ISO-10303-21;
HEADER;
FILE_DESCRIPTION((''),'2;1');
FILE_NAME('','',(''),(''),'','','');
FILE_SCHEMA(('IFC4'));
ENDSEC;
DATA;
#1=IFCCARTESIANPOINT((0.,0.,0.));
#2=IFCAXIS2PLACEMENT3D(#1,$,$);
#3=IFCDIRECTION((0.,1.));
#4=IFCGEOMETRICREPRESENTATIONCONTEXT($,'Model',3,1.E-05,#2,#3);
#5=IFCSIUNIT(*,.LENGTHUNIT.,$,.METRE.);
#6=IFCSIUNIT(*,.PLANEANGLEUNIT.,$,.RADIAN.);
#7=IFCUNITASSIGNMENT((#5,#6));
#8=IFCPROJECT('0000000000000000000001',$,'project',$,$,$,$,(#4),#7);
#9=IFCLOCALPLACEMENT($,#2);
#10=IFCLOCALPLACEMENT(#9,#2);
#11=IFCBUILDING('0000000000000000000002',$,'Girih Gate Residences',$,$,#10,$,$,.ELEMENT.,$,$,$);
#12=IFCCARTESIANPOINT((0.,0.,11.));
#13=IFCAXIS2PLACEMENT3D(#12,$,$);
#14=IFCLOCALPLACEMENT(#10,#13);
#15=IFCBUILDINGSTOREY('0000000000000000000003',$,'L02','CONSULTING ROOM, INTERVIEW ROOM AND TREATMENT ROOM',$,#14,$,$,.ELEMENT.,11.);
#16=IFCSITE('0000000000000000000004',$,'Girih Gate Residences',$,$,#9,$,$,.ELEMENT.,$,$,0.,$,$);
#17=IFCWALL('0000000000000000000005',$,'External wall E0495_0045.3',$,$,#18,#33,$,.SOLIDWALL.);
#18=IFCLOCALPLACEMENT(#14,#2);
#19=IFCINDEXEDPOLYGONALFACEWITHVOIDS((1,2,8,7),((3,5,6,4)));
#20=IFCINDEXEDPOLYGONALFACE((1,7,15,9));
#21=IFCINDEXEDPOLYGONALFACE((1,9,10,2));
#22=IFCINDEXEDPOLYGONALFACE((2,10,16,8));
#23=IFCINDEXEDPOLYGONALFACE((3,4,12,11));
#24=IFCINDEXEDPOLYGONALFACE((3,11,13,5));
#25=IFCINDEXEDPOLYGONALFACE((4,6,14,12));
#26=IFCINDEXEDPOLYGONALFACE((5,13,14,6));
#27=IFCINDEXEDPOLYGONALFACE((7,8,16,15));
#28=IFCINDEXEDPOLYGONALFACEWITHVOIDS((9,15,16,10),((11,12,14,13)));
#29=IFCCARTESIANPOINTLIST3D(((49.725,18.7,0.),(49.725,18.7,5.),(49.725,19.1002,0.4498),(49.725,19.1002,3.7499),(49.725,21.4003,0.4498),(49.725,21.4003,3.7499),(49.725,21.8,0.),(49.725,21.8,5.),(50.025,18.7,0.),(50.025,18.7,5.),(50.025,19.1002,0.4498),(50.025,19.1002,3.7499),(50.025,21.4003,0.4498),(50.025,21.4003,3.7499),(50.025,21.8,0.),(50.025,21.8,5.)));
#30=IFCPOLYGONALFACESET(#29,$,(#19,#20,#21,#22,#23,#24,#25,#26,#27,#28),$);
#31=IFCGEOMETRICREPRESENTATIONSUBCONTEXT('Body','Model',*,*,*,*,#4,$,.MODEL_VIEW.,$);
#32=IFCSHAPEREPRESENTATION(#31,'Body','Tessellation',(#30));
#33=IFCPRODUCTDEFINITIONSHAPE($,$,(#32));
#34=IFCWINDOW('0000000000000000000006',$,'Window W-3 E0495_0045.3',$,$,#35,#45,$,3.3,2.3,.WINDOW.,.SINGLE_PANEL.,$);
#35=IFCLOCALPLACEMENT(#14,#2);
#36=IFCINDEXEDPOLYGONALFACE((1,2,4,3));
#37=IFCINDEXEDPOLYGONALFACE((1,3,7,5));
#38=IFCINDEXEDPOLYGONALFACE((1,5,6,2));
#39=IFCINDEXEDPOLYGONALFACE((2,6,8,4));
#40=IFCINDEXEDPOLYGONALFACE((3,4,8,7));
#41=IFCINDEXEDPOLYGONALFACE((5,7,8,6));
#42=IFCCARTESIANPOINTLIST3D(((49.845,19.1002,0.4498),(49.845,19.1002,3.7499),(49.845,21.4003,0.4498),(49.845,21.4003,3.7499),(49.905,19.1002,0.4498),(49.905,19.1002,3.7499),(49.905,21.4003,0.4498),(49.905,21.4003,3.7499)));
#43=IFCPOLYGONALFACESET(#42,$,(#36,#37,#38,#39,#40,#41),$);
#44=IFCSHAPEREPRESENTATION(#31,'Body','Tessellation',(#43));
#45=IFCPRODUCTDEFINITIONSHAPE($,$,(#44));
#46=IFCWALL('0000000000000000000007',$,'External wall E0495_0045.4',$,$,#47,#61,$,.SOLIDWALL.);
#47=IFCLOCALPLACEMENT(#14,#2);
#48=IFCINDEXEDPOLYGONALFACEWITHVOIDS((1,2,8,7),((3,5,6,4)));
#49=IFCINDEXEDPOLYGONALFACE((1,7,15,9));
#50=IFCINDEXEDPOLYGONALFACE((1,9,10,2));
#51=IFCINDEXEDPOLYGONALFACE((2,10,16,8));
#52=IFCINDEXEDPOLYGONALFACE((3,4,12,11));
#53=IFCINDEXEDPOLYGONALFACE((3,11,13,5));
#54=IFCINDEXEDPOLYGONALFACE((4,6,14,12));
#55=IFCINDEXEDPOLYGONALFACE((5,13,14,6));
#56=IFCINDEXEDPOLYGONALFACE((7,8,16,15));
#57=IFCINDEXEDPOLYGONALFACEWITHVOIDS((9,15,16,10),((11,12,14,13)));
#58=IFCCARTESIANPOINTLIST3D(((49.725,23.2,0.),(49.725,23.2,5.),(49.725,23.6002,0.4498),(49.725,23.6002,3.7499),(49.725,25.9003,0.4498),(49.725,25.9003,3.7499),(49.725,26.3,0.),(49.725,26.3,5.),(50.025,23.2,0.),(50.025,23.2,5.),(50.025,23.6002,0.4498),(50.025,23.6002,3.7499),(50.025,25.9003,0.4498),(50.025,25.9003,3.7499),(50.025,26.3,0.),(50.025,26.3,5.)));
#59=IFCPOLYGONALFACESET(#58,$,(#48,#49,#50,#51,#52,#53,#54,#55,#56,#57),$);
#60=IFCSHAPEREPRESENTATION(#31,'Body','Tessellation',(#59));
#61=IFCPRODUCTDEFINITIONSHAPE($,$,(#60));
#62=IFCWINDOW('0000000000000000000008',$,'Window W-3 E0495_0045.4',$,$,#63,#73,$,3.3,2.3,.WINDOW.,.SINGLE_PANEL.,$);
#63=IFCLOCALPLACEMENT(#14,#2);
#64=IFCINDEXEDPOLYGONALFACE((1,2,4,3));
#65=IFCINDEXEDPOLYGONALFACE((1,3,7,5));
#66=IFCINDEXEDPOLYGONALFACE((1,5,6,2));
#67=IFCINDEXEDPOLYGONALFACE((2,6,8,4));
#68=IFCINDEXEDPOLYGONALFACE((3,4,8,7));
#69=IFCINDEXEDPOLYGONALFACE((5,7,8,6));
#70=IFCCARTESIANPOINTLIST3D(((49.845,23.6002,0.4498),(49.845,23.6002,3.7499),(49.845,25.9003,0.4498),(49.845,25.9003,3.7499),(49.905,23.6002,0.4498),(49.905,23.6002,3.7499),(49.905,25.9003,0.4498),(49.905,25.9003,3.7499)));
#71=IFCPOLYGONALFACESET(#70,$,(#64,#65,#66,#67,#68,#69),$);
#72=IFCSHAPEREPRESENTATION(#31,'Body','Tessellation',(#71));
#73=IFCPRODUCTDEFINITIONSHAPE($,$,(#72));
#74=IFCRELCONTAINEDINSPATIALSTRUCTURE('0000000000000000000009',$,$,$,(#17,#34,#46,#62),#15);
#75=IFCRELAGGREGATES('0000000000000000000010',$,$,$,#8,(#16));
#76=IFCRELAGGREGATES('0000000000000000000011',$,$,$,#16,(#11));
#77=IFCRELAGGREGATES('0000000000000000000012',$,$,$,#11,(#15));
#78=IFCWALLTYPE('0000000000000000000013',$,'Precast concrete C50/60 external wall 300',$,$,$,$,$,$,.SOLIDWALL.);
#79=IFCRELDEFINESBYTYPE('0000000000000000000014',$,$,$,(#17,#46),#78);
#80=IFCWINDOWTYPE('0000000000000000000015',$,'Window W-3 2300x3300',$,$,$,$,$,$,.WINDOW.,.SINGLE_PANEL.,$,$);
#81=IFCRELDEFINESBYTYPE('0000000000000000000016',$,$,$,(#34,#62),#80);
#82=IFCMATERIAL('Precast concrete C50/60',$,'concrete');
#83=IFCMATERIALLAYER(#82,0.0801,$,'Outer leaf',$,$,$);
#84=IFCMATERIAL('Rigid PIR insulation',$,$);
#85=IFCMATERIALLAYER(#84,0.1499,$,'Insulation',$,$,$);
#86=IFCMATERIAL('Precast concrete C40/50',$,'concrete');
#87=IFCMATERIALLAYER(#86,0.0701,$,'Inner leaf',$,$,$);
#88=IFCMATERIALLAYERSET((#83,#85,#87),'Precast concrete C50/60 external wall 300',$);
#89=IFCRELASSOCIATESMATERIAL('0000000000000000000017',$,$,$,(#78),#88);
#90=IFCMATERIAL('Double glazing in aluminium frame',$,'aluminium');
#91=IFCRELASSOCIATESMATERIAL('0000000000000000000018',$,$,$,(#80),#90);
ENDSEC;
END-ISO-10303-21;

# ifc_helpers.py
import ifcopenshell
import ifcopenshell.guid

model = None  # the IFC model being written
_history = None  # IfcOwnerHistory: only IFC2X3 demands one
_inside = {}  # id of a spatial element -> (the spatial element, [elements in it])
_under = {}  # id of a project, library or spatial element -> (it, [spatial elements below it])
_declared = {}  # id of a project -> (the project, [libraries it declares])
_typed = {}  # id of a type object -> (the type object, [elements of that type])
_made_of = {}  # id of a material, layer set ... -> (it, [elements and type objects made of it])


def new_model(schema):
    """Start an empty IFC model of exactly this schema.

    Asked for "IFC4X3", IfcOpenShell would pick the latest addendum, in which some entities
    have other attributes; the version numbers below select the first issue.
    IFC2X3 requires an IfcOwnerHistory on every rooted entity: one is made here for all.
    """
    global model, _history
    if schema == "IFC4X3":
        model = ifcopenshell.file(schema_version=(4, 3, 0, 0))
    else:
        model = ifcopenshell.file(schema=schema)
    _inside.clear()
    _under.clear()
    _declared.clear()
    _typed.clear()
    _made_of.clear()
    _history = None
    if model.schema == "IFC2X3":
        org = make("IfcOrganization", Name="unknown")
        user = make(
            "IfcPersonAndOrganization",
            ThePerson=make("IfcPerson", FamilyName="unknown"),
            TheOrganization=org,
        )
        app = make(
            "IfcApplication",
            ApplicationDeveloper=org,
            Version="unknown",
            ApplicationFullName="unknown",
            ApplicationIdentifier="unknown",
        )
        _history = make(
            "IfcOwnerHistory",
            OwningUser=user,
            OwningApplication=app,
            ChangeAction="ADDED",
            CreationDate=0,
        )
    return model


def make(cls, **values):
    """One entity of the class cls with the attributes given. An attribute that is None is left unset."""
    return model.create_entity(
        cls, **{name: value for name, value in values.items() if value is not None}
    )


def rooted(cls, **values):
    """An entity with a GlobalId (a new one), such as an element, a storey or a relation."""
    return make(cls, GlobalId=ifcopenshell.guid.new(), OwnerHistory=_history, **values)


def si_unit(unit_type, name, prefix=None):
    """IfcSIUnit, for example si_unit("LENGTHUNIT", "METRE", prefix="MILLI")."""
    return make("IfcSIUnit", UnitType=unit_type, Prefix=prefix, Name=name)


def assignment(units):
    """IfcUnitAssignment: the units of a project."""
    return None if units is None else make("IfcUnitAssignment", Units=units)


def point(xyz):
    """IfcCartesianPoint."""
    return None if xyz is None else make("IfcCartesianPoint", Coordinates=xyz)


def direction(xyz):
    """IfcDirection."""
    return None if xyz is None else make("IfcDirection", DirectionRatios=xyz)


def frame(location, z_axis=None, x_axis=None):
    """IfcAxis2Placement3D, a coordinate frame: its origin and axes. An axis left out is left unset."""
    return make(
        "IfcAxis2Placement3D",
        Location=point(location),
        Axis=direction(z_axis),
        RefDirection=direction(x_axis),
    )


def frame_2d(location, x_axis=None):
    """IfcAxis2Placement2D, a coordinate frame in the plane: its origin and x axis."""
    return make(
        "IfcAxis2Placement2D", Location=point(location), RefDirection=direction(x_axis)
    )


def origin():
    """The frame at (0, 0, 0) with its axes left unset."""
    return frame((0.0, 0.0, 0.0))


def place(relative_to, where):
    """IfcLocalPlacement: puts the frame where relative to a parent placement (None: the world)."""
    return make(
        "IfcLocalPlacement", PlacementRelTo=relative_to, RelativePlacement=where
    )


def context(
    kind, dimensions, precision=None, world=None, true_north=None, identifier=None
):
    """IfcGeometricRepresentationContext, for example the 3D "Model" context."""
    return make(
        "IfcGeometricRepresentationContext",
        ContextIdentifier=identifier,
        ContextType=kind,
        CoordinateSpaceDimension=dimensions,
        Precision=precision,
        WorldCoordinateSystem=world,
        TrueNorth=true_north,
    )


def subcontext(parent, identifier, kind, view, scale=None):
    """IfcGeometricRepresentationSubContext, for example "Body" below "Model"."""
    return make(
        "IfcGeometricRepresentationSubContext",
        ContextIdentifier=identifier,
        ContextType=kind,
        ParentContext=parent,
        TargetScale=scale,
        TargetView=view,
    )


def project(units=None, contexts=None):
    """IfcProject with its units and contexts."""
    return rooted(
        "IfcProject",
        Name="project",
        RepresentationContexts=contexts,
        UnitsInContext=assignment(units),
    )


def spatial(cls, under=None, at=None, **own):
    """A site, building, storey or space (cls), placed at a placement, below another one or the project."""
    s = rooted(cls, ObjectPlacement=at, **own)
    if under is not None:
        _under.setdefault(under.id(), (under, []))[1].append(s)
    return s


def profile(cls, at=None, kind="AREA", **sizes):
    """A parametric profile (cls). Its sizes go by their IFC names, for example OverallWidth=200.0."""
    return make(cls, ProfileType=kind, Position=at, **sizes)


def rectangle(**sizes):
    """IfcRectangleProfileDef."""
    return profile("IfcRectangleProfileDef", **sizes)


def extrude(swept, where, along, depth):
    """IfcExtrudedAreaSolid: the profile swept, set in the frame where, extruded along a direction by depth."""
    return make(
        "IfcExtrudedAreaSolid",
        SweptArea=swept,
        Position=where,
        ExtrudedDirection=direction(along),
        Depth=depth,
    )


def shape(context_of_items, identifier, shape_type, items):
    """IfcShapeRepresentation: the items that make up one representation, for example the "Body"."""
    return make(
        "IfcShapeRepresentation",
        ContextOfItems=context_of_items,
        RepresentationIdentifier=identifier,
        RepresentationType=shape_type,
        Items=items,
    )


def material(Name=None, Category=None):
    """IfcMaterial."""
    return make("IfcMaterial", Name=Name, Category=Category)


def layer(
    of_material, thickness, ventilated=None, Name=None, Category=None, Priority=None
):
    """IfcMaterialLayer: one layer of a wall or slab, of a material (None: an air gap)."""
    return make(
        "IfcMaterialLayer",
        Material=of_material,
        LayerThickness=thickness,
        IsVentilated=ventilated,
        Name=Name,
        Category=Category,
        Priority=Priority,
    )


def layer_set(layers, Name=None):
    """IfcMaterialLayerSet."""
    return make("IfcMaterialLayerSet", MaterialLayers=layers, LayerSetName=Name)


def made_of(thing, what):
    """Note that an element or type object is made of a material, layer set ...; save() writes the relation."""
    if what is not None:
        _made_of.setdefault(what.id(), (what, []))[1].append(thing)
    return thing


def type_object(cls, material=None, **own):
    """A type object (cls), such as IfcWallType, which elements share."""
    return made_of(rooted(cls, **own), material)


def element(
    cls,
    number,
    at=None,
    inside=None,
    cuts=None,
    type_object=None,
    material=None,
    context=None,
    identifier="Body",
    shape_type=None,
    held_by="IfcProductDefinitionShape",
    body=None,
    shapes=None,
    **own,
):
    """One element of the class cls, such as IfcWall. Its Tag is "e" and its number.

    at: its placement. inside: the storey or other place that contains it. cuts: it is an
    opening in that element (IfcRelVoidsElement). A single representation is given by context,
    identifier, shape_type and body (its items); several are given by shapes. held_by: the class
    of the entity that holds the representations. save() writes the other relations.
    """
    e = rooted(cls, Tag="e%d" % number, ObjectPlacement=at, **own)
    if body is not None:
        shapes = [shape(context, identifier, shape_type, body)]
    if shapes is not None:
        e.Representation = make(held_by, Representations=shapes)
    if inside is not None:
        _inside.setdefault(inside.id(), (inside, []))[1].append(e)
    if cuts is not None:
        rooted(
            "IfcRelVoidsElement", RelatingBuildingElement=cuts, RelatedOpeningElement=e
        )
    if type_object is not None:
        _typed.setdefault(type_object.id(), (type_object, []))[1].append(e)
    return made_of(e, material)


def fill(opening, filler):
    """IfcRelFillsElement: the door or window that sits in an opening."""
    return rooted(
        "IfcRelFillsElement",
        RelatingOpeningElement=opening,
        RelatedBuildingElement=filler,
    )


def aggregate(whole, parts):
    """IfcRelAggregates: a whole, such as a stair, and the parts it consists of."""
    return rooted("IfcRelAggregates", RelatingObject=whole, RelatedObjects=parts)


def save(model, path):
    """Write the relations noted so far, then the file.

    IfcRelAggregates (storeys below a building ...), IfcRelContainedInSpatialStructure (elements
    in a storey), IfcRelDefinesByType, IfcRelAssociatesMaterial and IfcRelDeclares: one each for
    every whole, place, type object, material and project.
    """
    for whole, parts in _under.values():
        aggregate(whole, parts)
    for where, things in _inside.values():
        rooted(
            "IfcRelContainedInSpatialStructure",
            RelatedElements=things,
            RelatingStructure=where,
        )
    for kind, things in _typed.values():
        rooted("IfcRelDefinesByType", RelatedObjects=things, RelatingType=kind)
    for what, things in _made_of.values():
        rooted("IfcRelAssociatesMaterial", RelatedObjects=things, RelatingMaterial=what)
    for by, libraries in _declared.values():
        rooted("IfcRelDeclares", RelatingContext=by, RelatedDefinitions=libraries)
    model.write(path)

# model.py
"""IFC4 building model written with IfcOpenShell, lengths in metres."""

from ifc_helpers import new_model, si_unit, direction, frame, frame_2d, origin, place, context, subcontext, project, spatial, rectangle, extrude, material, layer, layer_set, type_object, element, fill, save


model = new_model("IFC4")

# Units and contexts
model_context = context("Model", 3, precision=1e-05, world=origin(), true_north=direction((0.0, 1.0)))
body_context = subcontext(model_context, "Body", "Model", "MODEL_VIEW")
ifc_project = project(units=[si_unit("LENGTHUNIT", "METRE"), si_unit("PLANEANGLEUNIT", "RADIAN")], contexts=[model_context])

# Site, building, storey
site_placement = place(None, origin())
site = spatial("IfcSite", under=ifc_project, at=site_placement, Name="Girih Gate Residences", CompositionType="ELEMENT", RefElevation=0.0)
building_placement = place(site_placement, origin())
building = spatial("IfcBuilding", under=site, at=building_placement, Name="Girih Gate Residences", CompositionType="ELEMENT")
storey_placement = place(building_placement, frame((0.0, 0.0, 11.0)))
storey = spatial("IfcBuildingStorey", under=building, at=storey_placement, Name="L02", Description="CONSULTING ROOM, INTERVIEW ROOM AND TREATMENT ROOM", CompositionType="ELEMENT", Elevation=11.0)

# Walls, openings, windows
ifc_material_1 = material(Name="Precast concrete C50/60", Category="concrete")
ifc_layer_1 = layer(ifc_material_1, 0.0801, Name="Outer leaf")
ifc_material_2 = material(Name="Rigid PIR insulation")
ifc_layer_2 = layer(ifc_material_2, 0.1499, Name="Insulation")
ifc_material_3 = material(Name="Precast concrete C40/50", Category="concrete")
ifc_layer_3 = layer(ifc_material_3, 0.0701, Name="Inner leaf")
ifc_layer_set_1 = layer_set([ifc_layer_1, ifc_layer_2, ifc_layer_3], Name="Precast concrete C50/60 external wall 300")
wall_type_1 = type_object("IfcWallType", Name="Precast concrete C50/60 external wall 300", PredefinedType="SOLIDWALL", material=ifc_layer_set_1)
wall_1_placement = place(storey_placement, frame((49.875, 21.8, 0.0), z_axis=(0.0, 0.0, 1.0), x_axis=(0.0, -1.0, 0.0)))
wall_1 = element("IfcWall", 1, at=wall_1_placement, inside=storey, type_object=wall_type_1, Name="External wall E0495_0045.3", PredefinedType="SOLIDWALL", context=body_context, shape_type="SweptSolid", body=[
    extrude(rectangle(XDim=3.1001, YDim=0.3, at=frame_2d((1.55, 0.0))), origin(), (0.0, 0.0, 1.0), 5.0),
])
opening_1_placement = place(wall_1_placement, frame((0.3999, 0.0, 0.45)))
opening_1 = element("IfcOpeningElement", 2, at=opening_1_placement, cuts=wall_1, PredefinedType="OPENING", context=body_context, shape_type="SweptSolid", body=[
    extrude(rectangle(XDim=2.3, YDim=3.3, at=frame_2d((1.1499, 1.6499))), frame((0.0, 0.1599, 0.0), z_axis=(0.0, -1.0, 0.0), x_axis=(1.0, 0.0, 0.0)), (0.0, 0.0, 1.0), 0.3201),
])
ifc_material_4 = material(Name="Double glazing in aluminium frame", Category="aluminium")
window_type = type_object("IfcWindowType", Name="Window W-3 2300x3300", PartitioningType="SINGLE_PANEL", PredefinedType="WINDOW", material=ifc_material_4)
window_1_placement = place(opening_1_placement, origin())
window_1 = element("IfcWindow", 3, at=window_1_placement, inside=storey, type_object=window_type, Name="Window W-3 E0495_0045.3", OverallHeight=3.3, OverallWidth=2.3, PartitioningType="SINGLE_PANEL", PredefinedType="WINDOW", context=body_context, shape_type="SweptSolid", body=[
    extrude(rectangle(XDim=2.3, YDim=3.3, at=frame_2d((1.1499, 1.6499))), frame((0.0, 0.03, 0.0), z_axis=(0.0, -1.0, 0.0), x_axis=(1.0, 0.0, 0.0)), (0.0, 0.0, 1.0), 0.0601),
])
fill(opening_1, window_1)
wall_2_placement = place(storey_placement, frame((49.875, 26.3, 0.0), z_axis=(0.0, 0.0, 1.0), x_axis=(0.0, -1.0, 0.0)))
wall_2 = element("IfcWall", 4, at=wall_2_placement, inside=storey, type_object=wall_type_1, Name="External wall E0495_0045.4", PredefinedType="SOLIDWALL", context=body_context, shape_type="SweptSolid", body=[
    extrude(rectangle(XDim=3.1001, YDim=0.3, at=frame_2d((1.55, 0.0))), origin(), (0.0, 0.0, 1.0), 5.0),
])
opening_2_placement = place(wall_2_placement, frame((0.3999, 0.0, 0.45)))
opening_2 = element("IfcOpeningElement", 5, at=opening_2_placement, cuts=wall_2, PredefinedType="OPENING", context=body_context, shape_type="SweptSolid", body=[
    extrude(rectangle(XDim=2.3, YDim=3.3, at=frame_2d((1.1499, 1.6499))), frame((0.0, 0.1599, 0.0), z_axis=(0.0, -1.0, 0.0), x_axis=(1.0, 0.0, 0.0)), (0.0, 0.0, 1.0), 0.3201),
])
window_2_placement = place(opening_2_placement, origin())
window_2 = element("IfcWindow", 6, at=window_2_placement, inside=storey, type_object=window_type, Name="Window W-3 E0495_0045.4", OverallHeight=3.3, OverallWidth=2.3, PartitioningType="SINGLE_PANEL", PredefinedType="WINDOW", context=body_context, shape_type="SweptSolid", body=[
    extrude(rectangle(XDim=2.3, YDim=3.3, at=frame_2d((1.1499, 1.6499))), frame((0.0, 0.03, 0.0), z_axis=(0.0, -1.0, 0.0), x_axis=(1.0, 0.0, 0.0)), (0.0, 0.0, 1.0), 0.0601),
])
fill(opening_2, window_2)

save(model, "model.ifc")
